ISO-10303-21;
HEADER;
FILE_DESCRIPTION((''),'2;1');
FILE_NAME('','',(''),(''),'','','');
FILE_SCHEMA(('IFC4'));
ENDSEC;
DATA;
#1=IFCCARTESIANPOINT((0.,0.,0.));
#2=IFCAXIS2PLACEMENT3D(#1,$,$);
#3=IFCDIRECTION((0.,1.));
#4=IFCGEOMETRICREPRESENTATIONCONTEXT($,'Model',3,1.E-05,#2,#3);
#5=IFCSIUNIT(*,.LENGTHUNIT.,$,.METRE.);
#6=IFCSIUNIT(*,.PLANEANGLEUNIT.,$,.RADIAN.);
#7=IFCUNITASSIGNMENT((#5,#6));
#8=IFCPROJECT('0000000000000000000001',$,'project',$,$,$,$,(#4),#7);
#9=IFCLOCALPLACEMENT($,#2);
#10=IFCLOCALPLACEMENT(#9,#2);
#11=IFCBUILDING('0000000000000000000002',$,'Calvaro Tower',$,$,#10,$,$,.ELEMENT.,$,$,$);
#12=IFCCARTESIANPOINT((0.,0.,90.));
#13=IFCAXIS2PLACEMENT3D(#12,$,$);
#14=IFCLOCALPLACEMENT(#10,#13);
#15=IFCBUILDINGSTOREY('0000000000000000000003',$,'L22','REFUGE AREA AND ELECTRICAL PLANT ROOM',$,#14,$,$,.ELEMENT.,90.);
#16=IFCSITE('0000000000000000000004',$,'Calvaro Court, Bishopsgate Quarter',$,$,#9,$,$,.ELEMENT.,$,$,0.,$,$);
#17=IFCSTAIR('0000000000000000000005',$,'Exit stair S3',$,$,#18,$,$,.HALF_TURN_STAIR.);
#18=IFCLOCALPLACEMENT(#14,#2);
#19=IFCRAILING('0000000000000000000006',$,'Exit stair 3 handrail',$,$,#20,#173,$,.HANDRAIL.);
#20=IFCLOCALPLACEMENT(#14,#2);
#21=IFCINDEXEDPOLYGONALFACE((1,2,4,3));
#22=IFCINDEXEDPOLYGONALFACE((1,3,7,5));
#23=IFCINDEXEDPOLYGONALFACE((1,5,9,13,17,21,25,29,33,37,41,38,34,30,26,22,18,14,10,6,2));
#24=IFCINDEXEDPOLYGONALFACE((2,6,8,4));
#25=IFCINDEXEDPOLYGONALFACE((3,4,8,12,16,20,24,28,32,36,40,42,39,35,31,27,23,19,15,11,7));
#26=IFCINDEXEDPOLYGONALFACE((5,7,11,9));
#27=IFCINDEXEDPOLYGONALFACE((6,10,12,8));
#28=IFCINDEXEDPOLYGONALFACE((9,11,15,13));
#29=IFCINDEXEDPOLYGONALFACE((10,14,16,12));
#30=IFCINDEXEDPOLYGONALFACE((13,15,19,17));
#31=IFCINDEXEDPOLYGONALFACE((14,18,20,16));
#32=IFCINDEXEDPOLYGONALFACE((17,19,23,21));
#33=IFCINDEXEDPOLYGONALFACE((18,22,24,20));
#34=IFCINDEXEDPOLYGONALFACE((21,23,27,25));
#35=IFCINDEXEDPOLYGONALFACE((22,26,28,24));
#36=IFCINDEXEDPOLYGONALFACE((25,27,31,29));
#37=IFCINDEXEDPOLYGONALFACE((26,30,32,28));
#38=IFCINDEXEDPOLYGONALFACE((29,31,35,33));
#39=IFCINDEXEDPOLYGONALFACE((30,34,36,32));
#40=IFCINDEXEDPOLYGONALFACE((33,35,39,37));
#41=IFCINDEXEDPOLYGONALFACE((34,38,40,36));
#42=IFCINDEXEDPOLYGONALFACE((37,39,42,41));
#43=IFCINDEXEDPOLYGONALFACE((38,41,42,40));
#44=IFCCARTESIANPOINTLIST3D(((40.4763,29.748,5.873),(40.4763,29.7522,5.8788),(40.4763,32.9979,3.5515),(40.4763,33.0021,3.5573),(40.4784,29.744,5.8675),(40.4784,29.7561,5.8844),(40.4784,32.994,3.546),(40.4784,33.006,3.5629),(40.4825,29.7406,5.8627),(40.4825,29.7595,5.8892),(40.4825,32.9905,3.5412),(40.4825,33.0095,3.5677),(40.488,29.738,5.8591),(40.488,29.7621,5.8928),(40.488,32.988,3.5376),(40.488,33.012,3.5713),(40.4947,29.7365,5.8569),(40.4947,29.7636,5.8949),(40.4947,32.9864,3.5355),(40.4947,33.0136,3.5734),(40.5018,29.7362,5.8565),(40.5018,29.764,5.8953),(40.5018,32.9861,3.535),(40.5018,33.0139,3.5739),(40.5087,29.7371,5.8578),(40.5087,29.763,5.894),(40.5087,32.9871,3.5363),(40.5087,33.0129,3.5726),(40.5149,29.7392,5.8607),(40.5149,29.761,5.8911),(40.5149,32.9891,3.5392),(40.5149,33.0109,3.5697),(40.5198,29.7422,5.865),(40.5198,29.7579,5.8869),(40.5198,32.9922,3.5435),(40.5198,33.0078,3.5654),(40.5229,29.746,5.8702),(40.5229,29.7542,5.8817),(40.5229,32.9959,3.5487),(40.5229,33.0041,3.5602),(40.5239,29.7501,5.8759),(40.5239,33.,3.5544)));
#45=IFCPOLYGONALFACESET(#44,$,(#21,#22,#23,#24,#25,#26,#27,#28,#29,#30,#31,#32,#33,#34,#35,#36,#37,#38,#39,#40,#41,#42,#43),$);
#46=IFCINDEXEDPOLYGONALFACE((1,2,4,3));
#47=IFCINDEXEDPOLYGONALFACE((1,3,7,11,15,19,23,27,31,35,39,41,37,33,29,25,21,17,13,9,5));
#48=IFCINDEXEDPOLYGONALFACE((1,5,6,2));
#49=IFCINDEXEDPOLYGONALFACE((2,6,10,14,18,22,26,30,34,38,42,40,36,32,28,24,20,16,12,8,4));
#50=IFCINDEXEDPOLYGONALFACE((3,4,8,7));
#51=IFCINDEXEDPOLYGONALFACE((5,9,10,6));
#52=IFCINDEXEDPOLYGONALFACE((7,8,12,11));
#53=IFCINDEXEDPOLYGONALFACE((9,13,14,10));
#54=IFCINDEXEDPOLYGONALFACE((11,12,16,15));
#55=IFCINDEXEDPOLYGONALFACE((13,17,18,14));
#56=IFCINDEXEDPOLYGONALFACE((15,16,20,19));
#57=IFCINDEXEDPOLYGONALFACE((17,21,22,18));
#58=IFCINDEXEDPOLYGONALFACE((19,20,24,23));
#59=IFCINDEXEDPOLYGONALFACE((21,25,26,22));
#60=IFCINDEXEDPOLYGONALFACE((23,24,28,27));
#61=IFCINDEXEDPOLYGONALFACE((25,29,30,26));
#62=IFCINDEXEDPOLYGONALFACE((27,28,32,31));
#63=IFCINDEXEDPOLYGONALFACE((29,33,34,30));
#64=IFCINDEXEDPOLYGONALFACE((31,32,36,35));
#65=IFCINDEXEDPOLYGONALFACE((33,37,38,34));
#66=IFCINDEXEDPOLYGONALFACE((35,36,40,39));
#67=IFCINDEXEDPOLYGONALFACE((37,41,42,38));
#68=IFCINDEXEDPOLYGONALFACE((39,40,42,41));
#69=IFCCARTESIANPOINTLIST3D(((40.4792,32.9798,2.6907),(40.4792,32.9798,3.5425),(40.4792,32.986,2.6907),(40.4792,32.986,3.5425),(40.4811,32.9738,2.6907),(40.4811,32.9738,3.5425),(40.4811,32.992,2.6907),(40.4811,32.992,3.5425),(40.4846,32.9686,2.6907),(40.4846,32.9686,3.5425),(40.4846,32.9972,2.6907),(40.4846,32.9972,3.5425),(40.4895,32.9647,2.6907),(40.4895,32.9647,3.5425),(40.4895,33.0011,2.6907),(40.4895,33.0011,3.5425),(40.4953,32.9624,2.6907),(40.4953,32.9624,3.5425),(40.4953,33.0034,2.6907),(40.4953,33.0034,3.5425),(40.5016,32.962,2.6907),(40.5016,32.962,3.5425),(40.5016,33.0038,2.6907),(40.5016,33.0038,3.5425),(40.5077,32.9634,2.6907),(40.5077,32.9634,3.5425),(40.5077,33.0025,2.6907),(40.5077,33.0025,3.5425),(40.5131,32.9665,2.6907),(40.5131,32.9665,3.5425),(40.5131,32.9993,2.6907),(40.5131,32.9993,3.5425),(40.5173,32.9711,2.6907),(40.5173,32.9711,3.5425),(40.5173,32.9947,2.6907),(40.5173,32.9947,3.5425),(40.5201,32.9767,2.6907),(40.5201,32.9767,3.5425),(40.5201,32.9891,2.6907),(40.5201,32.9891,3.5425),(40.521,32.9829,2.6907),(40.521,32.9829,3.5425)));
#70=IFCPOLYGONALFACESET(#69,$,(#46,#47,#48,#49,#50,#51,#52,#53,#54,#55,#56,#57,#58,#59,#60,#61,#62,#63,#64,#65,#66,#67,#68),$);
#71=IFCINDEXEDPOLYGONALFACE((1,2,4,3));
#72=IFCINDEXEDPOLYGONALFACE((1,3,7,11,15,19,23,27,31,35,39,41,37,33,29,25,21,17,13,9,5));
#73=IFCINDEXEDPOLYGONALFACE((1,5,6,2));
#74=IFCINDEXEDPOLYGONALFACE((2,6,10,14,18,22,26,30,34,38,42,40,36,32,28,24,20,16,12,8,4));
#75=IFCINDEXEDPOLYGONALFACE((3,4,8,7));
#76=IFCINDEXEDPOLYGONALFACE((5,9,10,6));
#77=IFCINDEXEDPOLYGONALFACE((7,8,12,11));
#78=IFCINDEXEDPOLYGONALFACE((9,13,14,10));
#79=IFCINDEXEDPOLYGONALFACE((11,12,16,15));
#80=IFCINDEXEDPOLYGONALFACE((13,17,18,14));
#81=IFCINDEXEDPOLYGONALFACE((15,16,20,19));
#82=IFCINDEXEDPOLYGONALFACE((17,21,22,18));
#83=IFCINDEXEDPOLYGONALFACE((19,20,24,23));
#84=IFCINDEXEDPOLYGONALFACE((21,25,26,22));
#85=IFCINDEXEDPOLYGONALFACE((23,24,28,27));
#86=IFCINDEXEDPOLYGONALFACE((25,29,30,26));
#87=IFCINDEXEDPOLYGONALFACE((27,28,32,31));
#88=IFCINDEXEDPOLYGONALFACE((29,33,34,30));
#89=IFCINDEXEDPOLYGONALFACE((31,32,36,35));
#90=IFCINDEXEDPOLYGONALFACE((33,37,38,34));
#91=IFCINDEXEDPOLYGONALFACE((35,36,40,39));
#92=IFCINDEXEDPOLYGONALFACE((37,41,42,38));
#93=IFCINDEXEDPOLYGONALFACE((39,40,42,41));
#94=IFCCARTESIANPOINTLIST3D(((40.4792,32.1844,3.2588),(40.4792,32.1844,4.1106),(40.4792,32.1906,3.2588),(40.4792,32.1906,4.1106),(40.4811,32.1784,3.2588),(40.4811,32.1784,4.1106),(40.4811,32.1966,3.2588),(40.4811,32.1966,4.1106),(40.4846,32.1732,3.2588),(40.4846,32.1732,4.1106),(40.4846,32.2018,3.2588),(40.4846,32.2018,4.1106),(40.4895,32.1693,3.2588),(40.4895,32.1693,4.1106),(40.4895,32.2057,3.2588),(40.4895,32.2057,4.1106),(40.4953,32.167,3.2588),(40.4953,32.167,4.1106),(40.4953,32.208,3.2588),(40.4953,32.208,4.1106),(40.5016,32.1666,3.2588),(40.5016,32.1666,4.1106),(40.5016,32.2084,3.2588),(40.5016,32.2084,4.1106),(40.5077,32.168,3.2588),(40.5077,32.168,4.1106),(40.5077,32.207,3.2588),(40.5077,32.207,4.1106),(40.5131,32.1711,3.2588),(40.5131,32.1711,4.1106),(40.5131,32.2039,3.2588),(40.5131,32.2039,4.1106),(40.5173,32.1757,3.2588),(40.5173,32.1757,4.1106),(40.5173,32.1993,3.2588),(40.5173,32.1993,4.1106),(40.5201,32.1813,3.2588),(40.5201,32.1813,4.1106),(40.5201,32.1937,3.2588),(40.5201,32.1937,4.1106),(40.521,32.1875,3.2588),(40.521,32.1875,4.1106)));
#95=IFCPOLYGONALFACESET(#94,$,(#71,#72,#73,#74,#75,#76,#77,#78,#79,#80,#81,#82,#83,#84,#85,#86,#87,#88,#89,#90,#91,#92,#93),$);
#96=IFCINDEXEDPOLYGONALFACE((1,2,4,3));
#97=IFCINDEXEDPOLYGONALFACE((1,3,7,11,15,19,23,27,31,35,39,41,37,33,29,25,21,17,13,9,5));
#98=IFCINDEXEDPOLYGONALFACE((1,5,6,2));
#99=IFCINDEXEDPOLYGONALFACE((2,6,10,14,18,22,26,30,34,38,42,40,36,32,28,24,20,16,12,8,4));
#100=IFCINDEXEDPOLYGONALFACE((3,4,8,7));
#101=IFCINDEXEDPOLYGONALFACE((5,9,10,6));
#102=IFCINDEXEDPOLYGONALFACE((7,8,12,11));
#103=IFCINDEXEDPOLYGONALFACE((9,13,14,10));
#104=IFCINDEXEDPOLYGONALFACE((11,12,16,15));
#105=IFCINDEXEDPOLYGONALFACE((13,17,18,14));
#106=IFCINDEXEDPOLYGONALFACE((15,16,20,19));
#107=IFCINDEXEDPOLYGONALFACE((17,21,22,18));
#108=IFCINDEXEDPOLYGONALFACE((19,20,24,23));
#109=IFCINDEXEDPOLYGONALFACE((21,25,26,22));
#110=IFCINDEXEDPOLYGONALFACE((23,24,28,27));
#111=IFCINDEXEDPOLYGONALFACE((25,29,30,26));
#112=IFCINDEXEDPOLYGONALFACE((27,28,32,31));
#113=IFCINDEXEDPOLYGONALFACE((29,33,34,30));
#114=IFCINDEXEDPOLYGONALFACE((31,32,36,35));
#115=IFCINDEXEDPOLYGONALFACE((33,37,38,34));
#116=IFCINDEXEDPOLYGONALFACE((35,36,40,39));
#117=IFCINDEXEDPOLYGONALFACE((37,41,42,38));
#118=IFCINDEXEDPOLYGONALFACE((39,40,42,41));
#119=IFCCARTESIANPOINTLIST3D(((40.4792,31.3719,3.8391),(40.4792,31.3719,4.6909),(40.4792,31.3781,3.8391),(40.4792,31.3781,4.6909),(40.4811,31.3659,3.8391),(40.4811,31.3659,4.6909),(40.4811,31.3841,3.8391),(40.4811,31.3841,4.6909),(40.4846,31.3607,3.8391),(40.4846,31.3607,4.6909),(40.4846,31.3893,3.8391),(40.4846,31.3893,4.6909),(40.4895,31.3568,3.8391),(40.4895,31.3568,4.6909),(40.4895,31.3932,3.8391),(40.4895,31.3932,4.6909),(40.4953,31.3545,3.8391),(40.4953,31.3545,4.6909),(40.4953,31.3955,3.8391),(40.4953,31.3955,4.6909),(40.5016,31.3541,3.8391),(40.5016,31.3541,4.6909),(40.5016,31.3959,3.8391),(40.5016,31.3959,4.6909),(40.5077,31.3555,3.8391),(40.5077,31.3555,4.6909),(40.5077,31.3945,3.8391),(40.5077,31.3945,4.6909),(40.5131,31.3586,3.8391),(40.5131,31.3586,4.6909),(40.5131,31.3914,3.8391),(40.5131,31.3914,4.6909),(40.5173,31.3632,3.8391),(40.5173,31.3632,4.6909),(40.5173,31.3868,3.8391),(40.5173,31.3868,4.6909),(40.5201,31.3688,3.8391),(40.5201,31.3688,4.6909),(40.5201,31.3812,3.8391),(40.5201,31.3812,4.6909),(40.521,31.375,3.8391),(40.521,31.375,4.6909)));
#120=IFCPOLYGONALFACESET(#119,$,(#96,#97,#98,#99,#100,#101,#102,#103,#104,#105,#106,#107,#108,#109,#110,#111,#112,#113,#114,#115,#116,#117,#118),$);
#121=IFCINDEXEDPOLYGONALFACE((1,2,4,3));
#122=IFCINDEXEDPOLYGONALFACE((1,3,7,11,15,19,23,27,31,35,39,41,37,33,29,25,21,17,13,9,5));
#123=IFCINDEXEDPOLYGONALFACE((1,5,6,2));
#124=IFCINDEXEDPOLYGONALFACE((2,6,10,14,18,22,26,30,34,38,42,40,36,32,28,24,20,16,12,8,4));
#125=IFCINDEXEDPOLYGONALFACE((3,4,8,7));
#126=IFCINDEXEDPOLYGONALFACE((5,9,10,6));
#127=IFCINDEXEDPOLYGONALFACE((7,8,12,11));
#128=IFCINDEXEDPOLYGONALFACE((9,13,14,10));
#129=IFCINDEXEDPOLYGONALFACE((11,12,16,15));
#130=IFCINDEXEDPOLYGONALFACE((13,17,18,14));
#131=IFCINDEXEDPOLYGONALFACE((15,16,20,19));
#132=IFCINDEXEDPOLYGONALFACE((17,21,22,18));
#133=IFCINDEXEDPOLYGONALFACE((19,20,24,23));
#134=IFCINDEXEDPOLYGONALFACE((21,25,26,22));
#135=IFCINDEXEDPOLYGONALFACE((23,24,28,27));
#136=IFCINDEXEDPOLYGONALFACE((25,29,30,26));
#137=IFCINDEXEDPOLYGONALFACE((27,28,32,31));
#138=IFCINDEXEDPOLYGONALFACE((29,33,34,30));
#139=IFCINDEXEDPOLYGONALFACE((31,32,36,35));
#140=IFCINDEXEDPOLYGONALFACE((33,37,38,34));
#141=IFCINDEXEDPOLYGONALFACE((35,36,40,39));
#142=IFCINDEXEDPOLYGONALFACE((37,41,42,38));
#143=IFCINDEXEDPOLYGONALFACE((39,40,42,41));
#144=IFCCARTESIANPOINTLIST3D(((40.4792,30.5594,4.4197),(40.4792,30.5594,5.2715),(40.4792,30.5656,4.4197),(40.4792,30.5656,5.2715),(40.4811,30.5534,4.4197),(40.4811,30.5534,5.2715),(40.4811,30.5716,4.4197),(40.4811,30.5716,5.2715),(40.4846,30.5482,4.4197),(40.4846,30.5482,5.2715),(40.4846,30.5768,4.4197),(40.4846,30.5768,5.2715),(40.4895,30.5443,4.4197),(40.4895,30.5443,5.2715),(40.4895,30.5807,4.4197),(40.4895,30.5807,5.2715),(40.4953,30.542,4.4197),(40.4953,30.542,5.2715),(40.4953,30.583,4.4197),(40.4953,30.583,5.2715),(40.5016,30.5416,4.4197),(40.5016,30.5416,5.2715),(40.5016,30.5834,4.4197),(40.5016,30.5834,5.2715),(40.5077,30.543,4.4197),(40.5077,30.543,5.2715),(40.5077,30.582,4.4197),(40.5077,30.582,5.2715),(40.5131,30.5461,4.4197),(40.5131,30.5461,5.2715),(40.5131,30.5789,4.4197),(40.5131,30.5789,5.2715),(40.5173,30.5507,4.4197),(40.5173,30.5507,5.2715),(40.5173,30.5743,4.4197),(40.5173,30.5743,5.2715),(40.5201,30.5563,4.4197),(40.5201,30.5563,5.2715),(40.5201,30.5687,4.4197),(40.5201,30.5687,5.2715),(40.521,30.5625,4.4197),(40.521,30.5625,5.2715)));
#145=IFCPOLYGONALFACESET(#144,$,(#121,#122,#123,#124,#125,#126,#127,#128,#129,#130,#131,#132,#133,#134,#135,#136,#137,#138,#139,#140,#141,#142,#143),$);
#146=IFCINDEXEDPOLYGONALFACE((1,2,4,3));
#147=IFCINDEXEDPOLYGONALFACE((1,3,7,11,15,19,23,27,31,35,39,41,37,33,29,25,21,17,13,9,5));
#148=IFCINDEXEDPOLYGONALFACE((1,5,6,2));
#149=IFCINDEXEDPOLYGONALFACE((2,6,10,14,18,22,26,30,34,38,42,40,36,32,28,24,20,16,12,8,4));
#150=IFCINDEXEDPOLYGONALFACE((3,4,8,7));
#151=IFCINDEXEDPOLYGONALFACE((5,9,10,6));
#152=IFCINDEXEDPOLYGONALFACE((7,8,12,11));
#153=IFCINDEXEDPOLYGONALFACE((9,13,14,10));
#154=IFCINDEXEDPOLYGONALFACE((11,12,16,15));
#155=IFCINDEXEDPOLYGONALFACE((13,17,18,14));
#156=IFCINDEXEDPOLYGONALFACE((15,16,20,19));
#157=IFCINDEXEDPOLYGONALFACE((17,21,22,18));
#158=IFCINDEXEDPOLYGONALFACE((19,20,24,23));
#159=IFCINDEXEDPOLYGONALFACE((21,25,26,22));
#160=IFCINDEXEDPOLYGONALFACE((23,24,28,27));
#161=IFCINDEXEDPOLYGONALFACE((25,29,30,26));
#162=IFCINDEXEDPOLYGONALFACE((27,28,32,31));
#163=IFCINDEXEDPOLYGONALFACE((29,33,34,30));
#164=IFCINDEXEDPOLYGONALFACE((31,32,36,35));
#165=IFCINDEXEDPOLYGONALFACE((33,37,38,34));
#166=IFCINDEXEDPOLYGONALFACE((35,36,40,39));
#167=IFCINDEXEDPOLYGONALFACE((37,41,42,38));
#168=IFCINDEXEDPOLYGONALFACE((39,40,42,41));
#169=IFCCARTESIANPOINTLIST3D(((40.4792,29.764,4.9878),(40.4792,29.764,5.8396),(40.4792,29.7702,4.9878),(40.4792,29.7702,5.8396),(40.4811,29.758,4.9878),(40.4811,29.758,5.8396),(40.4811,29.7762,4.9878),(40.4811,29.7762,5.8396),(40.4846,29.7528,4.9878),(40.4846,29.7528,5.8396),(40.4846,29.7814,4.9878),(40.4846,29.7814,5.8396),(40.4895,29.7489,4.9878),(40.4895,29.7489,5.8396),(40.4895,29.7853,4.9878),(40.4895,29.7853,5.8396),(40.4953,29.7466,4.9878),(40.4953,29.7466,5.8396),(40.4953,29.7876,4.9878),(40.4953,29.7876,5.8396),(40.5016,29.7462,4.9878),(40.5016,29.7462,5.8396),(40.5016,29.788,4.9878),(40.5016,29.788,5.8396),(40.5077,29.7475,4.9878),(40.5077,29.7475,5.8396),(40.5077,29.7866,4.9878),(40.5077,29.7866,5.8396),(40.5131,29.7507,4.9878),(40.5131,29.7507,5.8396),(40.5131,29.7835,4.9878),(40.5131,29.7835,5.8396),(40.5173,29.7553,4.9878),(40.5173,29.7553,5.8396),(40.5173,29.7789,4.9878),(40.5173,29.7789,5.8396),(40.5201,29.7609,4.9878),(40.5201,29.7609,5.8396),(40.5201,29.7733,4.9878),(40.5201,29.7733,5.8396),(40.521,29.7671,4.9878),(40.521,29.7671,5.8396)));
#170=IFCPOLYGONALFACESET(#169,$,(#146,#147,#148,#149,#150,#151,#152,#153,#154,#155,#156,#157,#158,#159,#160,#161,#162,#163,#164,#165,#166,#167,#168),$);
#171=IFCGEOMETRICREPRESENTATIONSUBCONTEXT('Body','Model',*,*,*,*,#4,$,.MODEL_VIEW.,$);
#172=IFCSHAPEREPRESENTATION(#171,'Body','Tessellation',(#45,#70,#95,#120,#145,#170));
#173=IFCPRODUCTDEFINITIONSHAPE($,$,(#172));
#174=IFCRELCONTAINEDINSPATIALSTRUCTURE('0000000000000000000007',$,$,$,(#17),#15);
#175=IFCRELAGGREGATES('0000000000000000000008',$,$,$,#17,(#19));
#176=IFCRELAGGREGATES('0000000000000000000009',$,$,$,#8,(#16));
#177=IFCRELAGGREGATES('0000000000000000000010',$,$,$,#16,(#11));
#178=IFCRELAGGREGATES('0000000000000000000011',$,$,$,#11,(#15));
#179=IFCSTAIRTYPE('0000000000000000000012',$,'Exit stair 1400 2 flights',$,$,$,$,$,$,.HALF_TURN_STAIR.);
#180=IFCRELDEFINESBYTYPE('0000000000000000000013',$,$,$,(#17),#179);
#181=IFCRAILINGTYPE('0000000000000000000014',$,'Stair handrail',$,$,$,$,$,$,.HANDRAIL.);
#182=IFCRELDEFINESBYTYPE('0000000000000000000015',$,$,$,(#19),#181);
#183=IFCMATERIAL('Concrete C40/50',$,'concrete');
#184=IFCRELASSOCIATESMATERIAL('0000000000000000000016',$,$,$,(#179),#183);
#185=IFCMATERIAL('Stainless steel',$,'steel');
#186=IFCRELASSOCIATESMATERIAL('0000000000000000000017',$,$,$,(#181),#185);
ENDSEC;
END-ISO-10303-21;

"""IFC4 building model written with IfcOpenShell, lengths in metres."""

from ifc_helpers import new_model, si_unit, direction, frame, origin, origin_2d, place, context, subcontext, project, spatial, circle, extrude, material, type_object, element, aggregate, save


model = new_model("IFC4")

# Units and contexts
model_context = context("Model", 3, precision=1e-05, world=origin(), true_north=direction((0.0, 1.0)))
body_context = subcontext(model_context, "Body", "Model", "MODEL_VIEW")
ifc_project = project(units=[si_unit("LENGTHUNIT", "METRE"), si_unit("PLANEANGLEUNIT", "RADIAN")], contexts=[model_context])

# Site, building, storey
site_placement = place(None, origin())
site = spatial("IfcSite", under=ifc_project, at=site_placement, Name="Calvaro Court, Bishopsgate Quarter", CompositionType="ELEMENT", RefElevation=0.0)
building_placement = place(site_placement, origin())
building = spatial("IfcBuilding", under=site, at=building_placement, Name="Calvaro Tower", CompositionType="ELEMENT")
storey_placement = place(building_placement, frame((0.0, 0.0, 90.0)))
storey = spatial("IfcBuildingStorey", under=building, at=storey_placement, Name="L22", Description="REFUGE AREA AND ELECTRICAL PLANT ROOM", CompositionType="ELEMENT", Elevation=90.0)

# Shared definitions
ifc_material_1 = material(Name="Concrete C40/50", Category="concrete")
stair_type = type_object("IfcStairType", Name="Exit stair 1400 2 flights", PredefinedType="HALF_TURN_STAIR", material=ifc_material_1)

# Stair, railing
stair_1_placement = place(storey_placement, origin())
stair_1 = element("IfcStair", 1, at=stair_1_placement, inside=storey, type_object=stair_type, Name="Exit stair S3", PredefinedType="HALF_TURN_STAIR")
ifc_material_2 = material(Name="Stainless steel", Category="steel")
railing_type = type_object("IfcRailingType", Name="Stair handrail", PredefinedType="HANDRAIL", material=ifc_material_2)
railing_1_placement = place(storey_placement, frame((40.5, 33.0, 2.6785)))
railing_1 = element("IfcRailing", 2, at=railing_1_placement, type_object=railing_type, Name="Exit stair 3 handrail", PredefinedType="HANDRAIL", context=body_context, shape_type="SweptSolid", body=[
    extrude(circle(Radius=0.0239, at=origin_2d()), frame((0.0, 0.0, 0.876), z_axis=(0.0, -0.813721, 0.581256), x_axis=(1.0, 0.0, 0.0)), (0.0, 0.0, 1.0), 3.9939),
    extrude(circle(Radius=0.021, at=origin_2d()), frame((0.0, -0.0171, 0.0122)), (0.0, 0.0, 1.0), 0.8518),
    extrude(circle(Radius=0.021, at=origin_2d()), frame((0.0, -0.8125, 0.5803)), (0.0, 0.0, 1.0), 0.8518),
    extrude(circle(Radius=0.021, at=origin_2d()), frame((0.0, -1.625, 1.1606)), (0.0, 0.0, 1.0), 0.8518),
    extrude(circle(Radius=0.021, at=origin_2d()), frame((0.0, -2.4375, 1.7412)), (0.0, 0.0, 1.0), 0.8518),
    extrude(circle(Radius=0.021, at=origin_2d()), frame((0.0, -3.2329, 2.3093)), (0.0, 0.0, 1.0), 0.8518),
])
aggregate(stair_1, [railing_1])

save(model, "model.ifc")
